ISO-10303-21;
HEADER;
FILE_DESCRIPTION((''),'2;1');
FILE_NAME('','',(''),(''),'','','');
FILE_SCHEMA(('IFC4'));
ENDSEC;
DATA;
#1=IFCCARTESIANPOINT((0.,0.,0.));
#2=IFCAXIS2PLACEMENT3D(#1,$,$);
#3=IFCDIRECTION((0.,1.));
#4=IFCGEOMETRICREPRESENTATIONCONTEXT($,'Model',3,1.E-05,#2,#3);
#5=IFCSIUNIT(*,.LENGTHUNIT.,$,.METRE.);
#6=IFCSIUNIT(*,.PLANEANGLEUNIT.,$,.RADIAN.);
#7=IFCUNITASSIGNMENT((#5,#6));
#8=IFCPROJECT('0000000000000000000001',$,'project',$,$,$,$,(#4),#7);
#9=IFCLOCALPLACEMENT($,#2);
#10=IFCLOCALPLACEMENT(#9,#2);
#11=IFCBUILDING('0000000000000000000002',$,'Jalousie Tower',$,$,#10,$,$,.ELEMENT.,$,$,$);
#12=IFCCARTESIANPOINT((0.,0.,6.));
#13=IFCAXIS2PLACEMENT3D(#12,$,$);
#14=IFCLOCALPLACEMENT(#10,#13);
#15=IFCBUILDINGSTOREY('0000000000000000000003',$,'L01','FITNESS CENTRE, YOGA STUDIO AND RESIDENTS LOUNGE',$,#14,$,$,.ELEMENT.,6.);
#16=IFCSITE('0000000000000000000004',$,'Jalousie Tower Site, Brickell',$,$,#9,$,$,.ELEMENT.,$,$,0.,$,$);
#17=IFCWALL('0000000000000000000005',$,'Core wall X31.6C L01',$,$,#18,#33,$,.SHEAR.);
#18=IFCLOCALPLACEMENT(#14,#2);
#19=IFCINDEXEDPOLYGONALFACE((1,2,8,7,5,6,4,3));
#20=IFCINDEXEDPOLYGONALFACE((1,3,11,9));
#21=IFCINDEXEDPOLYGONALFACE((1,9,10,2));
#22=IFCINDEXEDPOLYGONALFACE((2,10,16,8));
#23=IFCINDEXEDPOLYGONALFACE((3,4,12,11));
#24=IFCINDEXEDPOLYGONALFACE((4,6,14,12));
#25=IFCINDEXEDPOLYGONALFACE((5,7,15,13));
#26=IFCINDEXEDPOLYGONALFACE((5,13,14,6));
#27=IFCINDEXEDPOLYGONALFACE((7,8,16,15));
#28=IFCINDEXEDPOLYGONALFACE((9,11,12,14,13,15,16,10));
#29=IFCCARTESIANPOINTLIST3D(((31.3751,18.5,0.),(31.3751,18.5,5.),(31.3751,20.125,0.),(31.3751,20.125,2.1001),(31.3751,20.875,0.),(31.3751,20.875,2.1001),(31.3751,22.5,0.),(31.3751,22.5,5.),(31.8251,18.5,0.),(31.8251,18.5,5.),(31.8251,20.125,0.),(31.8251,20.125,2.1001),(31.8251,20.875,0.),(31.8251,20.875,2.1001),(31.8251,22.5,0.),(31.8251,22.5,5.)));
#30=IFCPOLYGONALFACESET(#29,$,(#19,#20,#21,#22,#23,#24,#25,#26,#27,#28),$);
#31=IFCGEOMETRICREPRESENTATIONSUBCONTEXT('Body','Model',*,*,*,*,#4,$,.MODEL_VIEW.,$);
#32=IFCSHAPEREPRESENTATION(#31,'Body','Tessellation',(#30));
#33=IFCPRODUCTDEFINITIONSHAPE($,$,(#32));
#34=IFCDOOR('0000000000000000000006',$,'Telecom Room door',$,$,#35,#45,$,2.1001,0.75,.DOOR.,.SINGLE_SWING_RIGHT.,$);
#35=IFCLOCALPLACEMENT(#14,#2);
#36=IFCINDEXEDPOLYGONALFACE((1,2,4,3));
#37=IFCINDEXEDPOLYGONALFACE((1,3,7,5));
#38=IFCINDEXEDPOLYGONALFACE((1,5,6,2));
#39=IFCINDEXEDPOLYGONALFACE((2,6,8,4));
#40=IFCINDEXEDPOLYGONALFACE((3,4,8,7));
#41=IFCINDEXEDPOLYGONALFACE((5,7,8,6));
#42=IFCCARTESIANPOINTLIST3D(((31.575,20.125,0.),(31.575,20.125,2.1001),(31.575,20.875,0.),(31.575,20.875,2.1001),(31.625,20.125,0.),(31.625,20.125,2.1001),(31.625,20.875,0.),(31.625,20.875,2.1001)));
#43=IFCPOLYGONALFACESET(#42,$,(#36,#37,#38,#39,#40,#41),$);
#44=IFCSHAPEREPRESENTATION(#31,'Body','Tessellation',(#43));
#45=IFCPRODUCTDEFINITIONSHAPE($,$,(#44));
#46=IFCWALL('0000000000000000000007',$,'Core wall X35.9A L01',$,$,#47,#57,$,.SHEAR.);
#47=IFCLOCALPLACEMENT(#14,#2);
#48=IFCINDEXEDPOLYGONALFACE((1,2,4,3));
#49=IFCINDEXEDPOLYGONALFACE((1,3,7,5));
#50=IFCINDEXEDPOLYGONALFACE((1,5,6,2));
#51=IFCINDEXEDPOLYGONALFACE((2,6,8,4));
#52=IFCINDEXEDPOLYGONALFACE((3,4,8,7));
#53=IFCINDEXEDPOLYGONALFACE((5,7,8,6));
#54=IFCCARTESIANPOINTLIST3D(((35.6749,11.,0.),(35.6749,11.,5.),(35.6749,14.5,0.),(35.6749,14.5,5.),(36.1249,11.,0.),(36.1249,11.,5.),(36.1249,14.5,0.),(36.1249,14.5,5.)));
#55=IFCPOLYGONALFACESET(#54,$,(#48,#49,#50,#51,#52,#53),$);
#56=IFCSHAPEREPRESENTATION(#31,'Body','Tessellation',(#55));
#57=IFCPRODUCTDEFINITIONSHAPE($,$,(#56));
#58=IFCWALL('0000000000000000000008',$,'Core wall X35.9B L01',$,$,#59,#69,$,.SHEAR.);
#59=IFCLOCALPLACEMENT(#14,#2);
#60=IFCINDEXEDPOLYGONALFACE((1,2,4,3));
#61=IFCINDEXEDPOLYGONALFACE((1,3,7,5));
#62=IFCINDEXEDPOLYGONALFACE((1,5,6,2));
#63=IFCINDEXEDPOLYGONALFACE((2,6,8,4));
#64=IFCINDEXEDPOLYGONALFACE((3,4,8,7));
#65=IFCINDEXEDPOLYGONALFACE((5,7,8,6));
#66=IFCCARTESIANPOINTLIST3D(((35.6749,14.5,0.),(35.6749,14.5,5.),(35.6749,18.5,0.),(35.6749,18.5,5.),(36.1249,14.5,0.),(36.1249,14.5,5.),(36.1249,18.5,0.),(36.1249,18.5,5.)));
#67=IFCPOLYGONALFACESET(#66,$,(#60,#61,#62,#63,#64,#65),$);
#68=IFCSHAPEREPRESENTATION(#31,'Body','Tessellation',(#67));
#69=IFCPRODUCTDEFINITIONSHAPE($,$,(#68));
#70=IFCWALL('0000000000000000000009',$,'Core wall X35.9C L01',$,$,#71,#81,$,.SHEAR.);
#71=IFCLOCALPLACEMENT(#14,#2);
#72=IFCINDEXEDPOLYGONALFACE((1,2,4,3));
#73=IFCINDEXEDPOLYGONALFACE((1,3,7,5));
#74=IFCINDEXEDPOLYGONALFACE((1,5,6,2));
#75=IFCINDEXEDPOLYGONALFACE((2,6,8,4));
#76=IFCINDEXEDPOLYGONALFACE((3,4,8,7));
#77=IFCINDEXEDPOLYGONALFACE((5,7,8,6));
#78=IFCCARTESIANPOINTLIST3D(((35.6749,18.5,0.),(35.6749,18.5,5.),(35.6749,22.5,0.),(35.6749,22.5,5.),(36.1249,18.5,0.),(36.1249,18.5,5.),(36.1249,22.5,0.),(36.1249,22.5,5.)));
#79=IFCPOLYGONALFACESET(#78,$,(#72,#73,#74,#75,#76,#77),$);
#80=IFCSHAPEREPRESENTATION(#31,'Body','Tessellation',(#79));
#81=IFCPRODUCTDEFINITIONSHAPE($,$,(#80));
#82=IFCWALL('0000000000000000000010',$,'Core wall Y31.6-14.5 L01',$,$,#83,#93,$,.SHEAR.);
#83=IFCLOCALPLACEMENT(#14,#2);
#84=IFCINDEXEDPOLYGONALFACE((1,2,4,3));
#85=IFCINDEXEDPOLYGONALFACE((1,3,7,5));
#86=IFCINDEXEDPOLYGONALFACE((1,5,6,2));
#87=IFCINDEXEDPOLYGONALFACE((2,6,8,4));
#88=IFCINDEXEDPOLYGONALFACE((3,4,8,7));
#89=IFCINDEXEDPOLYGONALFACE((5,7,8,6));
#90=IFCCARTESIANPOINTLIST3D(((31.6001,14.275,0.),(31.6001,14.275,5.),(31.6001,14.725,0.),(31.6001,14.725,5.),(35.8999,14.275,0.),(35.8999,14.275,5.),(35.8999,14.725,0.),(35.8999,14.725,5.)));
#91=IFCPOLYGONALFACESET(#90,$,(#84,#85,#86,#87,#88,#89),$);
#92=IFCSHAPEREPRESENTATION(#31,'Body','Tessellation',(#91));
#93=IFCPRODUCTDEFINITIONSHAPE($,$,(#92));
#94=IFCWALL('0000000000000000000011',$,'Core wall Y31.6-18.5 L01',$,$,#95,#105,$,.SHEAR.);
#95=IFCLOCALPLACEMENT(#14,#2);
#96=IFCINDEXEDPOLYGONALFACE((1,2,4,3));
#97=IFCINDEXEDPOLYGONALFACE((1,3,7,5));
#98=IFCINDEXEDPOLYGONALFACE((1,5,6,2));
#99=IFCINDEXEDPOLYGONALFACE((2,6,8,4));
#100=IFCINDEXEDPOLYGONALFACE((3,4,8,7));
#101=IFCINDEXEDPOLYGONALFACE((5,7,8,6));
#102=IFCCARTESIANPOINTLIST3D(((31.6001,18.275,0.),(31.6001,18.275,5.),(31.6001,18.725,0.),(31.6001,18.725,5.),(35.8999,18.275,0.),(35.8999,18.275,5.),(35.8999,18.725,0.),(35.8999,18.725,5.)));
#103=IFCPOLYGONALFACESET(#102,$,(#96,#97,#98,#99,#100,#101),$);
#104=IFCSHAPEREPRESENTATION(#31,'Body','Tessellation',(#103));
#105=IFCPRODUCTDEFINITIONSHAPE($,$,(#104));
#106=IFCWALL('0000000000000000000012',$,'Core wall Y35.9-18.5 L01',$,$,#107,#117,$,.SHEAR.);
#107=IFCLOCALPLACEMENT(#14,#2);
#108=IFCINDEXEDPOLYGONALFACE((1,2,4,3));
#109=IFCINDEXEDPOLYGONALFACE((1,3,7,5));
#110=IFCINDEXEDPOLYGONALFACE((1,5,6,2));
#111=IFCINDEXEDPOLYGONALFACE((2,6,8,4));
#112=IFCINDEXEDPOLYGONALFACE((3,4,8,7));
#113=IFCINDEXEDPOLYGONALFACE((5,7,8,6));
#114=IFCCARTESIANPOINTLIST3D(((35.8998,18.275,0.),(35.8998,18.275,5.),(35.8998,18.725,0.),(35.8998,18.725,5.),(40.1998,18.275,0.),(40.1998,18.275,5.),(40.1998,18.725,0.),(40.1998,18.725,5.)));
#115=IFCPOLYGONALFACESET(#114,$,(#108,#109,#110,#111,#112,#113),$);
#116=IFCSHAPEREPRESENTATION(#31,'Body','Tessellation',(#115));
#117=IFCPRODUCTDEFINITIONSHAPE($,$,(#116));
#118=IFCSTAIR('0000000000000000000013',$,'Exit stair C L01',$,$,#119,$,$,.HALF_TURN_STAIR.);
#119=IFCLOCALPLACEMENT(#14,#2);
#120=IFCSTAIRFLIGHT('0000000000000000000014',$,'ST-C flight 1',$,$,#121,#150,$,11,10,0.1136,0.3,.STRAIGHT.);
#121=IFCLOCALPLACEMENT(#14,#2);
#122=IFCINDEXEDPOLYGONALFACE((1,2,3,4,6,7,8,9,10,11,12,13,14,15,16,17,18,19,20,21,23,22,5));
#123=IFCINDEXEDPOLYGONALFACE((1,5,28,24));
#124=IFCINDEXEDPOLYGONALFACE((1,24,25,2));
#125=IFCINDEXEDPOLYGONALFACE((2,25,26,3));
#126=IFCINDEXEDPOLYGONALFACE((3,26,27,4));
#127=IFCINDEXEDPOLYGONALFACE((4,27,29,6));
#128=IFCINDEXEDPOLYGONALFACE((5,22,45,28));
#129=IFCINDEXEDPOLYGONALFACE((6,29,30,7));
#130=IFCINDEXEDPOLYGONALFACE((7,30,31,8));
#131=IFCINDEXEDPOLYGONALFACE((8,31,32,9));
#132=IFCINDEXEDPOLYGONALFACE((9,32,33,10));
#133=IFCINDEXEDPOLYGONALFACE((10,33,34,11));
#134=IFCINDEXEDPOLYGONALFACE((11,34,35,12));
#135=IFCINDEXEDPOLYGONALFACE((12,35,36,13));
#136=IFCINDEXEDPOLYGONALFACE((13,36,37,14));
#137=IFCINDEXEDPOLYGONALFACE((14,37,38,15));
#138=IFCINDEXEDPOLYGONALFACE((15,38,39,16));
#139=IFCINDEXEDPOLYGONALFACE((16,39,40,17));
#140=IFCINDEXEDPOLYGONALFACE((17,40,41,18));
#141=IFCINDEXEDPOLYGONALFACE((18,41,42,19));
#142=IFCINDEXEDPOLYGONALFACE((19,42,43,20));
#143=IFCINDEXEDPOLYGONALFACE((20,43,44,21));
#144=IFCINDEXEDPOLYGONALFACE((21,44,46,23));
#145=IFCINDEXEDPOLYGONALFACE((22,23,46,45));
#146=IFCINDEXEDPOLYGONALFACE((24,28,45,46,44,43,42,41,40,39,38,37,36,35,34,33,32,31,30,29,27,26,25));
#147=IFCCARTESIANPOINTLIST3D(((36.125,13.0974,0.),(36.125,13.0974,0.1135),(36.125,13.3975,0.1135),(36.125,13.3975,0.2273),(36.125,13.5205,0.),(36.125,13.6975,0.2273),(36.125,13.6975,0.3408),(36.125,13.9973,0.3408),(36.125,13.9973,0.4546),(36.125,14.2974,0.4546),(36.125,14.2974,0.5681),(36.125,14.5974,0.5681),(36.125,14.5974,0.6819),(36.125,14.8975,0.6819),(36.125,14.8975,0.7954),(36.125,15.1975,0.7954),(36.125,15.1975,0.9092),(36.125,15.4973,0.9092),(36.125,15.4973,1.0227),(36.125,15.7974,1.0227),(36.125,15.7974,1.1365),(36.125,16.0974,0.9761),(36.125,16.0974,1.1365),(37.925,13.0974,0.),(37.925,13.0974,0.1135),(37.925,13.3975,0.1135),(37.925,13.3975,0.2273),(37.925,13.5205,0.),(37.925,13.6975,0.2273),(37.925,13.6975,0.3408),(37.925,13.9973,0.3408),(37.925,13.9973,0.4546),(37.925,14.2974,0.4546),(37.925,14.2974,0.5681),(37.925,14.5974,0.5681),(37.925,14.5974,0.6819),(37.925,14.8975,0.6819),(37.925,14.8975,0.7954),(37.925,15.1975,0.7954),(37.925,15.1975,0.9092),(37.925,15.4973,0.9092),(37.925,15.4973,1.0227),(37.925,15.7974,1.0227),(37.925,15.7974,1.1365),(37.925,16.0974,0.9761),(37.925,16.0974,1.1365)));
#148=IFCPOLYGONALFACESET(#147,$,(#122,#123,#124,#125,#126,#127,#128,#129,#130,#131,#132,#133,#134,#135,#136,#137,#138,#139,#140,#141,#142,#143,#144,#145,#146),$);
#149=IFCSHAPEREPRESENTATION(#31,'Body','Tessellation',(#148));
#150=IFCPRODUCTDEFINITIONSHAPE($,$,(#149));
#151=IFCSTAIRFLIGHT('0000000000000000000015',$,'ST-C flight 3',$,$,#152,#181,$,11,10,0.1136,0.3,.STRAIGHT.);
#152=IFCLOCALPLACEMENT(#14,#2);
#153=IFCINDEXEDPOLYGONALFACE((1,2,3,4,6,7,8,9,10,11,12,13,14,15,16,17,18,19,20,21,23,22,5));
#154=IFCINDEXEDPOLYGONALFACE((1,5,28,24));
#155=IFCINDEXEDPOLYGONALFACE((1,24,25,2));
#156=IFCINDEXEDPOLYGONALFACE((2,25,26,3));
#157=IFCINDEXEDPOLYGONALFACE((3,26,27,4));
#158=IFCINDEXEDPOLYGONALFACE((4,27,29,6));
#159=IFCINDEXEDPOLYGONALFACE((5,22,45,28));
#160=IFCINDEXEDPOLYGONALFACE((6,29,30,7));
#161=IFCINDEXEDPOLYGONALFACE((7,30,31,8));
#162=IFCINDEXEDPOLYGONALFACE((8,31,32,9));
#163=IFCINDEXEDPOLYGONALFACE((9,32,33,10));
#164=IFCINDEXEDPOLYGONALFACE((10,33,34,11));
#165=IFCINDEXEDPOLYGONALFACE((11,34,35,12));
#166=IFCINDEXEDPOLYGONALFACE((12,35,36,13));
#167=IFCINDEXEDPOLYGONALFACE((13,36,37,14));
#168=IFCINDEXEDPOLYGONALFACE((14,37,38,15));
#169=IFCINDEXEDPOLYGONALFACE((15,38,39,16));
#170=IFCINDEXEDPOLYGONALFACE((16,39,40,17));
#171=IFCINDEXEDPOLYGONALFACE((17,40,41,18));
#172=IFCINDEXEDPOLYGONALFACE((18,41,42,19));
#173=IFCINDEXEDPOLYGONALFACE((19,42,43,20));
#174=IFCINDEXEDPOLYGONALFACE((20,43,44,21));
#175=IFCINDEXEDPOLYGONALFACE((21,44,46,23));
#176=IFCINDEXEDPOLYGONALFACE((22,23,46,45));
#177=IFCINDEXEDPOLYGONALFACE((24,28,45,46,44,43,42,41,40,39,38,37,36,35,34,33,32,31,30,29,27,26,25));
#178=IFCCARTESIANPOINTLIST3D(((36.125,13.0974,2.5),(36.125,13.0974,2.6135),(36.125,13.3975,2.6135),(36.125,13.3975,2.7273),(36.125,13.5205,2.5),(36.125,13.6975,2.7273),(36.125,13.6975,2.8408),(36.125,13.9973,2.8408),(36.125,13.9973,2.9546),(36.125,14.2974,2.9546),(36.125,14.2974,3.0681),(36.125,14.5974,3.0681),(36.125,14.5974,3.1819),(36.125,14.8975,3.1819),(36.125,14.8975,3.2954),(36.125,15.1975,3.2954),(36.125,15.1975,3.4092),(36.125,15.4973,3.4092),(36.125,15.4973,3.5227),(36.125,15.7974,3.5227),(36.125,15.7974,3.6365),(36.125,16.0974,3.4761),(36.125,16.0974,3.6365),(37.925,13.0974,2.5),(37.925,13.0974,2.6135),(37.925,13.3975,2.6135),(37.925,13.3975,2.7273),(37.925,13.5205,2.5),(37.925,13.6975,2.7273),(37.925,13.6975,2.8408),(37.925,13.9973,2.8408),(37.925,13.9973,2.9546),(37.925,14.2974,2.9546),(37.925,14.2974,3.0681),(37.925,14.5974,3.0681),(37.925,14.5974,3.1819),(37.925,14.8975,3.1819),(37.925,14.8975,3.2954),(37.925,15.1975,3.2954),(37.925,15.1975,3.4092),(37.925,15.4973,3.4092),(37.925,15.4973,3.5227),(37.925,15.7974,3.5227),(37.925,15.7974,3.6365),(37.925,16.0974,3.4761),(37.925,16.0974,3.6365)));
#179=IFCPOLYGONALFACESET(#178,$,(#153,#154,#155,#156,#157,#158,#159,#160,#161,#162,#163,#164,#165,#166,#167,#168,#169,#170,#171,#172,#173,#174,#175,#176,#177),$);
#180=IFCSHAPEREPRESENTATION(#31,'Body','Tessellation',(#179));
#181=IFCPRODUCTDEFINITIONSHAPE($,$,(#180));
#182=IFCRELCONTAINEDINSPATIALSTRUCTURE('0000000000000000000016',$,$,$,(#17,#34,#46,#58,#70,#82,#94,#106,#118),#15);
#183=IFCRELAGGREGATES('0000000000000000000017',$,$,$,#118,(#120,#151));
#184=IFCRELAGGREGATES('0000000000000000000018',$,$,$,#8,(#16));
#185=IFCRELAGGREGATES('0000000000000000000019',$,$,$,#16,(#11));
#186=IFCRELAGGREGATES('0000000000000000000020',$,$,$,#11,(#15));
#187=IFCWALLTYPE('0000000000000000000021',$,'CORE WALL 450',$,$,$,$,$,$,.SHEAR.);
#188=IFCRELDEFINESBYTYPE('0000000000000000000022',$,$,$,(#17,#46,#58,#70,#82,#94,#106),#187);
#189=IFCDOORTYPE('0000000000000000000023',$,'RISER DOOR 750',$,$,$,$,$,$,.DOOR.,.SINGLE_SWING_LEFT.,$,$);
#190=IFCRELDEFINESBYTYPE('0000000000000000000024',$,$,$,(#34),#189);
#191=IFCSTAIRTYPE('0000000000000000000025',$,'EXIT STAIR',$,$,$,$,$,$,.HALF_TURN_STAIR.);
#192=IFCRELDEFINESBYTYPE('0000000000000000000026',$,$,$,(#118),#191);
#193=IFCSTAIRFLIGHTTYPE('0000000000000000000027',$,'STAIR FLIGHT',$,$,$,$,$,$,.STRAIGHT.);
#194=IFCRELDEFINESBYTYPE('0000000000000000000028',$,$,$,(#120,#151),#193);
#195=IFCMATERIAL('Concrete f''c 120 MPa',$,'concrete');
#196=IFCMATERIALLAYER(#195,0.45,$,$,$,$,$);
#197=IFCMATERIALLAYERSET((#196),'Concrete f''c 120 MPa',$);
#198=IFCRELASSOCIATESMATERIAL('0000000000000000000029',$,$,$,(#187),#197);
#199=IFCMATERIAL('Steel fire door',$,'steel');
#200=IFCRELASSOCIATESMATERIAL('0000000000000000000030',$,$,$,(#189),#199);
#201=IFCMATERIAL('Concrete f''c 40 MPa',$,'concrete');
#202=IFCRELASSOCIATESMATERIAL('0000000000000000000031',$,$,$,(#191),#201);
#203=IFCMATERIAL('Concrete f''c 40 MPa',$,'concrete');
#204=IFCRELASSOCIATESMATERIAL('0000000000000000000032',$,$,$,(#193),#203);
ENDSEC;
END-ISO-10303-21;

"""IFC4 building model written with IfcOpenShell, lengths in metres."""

from ifc_helpers import new_model, si_unit, direction, frame, frame_2d, origin, place, context, subcontext, project, spatial, polyline, rectangle, outline, extrude, material, layer, layer_set, type_object, element, fill, aggregate, save


model = new_model("IFC4")

# Units and contexts
model_context = context("Model", 3, precision=1e-05, world=origin(), true_north=direction((0.0, 1.0)))
body_context = subcontext(model_context, "Body", "Model", "MODEL_VIEW")
ifc_project = project(units=[si_unit("LENGTHUNIT", "METRE"), si_unit("PLANEANGLEUNIT", "RADIAN")], contexts=[model_context])

# Site, building, storey
site_placement = place(None, origin())
site = spatial("IfcSite", under=ifc_project, at=site_placement, Name="Jalousie Tower Site, Brickell", CompositionType="ELEMENT", RefElevation=0.0)
building_placement = place(site_placement, origin())
building = spatial("IfcBuilding", under=site, at=building_placement, Name="Jalousie Tower", CompositionType="ELEMENT")
storey_placement = place(building_placement, frame((0.0, 0.0, 6.0)))
storey = spatial("IfcBuildingStorey", under=building, at=storey_placement, Name="L01", Description="FITNESS CENTRE, YOGA STUDIO AND RESIDENTS LOUNGE", CompositionType="ELEMENT", Elevation=6.0)

# Shared definitions
ifc_material_1 = material(Name="Concrete f'c 120 MPa", Category="concrete")
ifc_layer = layer(ifc_material_1, 0.45)
ifc_layer_set = layer_set([ifc_layer], Name="Concrete f'c 120 MPa")
wall_type = type_object("IfcWallType", Name="CORE WALL 450", PredefinedType="SHEAR", material=ifc_layer_set)

# Wall, opening, door
ifc_material_2 = material(Name="Steel fire door", Category="steel")
door_type_1 = type_object("IfcDoorType", Name="RISER DOOR 750", OperationType="SINGLE_SWING_LEFT", PredefinedType="DOOR", material=ifc_material_2)
wall_1_placement = place(storey_placement, frame((31.6001, 18.5, 0.0), z_axis=(0.0, 0.0, 1.0), x_axis=(0.0, 1.0, 0.0)))
wall_1 = element("IfcWall", 1, at=wall_1_placement, inside=storey, type_object=wall_type, Name="Core wall X31.6C L01", PredefinedType="SHEAR", context=body_context, shape_type="SweptSolid", body=[
    extrude(rectangle(XDim=4.0, YDim=0.45, at=frame_2d((2.0, 0.0))), origin(), (0.0, 0.0, 1.0), 5.0),
])
opening_1_placement = place(wall_1_placement, frame((1.625, 0.0, 0.0)))
opening_1 = element("IfcOpeningElement", 2, at=opening_1_placement, cuts=wall_1, PredefinedType="OPENING", context=body_context, shape_type="SweptSolid", body=[
    extrude(rectangle(XDim=0.75, YDim=2.1001, at=frame_2d((0.375, 1.05))), frame((0.0, 0.2349, 0.0), z_axis=(0.0, -1.0, 0.0), x_axis=(1.0, 0.0, 0.0)), (0.0, 0.0, 1.0), 0.47),
])
door_1_placement = place(opening_1_placement, frame((0.75, 0.0, 0.0), z_axis=(0.0, 0.0, 1.0), x_axis=(-1.0, 0.0, 0.0)))
door_1 = element("IfcDoor", 3, at=door_1_placement, inside=storey, type_object=door_type_1, Name="Telecom Room door", OperationType="SINGLE_SWING_RIGHT", OverallHeight=2.1001, OverallWidth=0.75, PredefinedType="DOOR", context=body_context, shape_type="SweptSolid", body=[
    extrude(rectangle(XDim=0.75, YDim=2.1001, at=frame_2d((0.375, 1.05))), frame((0.0, 0.0249, 0.0), z_axis=(0.0, -1.0, 0.0), x_axis=(1.0, 0.0, 0.0)), (0.0, 0.0, 1.0), 0.05),
])
fill(opening_1, door_1)

# Walls
wall_2_placement = place(storey_placement, frame((35.8999, 11.0, 0.0), z_axis=(0.0, 0.0, 1.0), x_axis=(0.0, 1.0, 0.0)))
element("IfcWall", 4, at=wall_2_placement, inside=storey, type_object=wall_type, Name="Core wall X35.9A L01", PredefinedType="SHEAR", context=body_context, shape_type="SweptSolid", body=[
    extrude(rectangle(XDim=3.5, YDim=0.45, at=frame_2d((1.75, 0.0))), origin(), (0.0, 0.0, 1.0), 5.0),
])
for number, where, z_axis, x_axis, name in (
    (5, (35.8999, 14.5, 0.0), (0.0, 0.0, 1.0), (0.0, 1.0, 0.0), "Core wall X35.9B L01"),
    (6, (35.8999, 18.5, 0.0), (0.0, 0.0, 1.0), (0.0, 1.0, 0.0), "Core wall X35.9C L01"),
):
    element("IfcWall", number, at=place(storey_placement, frame(where, z_axis=z_axis, x_axis=x_axis)), inside=storey, type_object=wall_type, Name=name, PredefinedType="SHEAR", context=body_context, shape_type="SweptSolid", body=[
        extrude(rectangle(XDim=4.0, YDim=0.45, at=frame_2d((2.0, 0.0))), origin(), (0.0, 0.0, 1.0), 5.0),
    ])
for number, where, z_axis, x_axis, name in (
    (7, (31.6001, 14.5, 0.0), (0.0, 0.0, 1.0), (1.0, 0.0, 0.0), "Core wall Y31.6-14.5 L01"),
    (8, (31.6001, 18.5, 0.0), (0.0, 0.0, 1.0), (1.0, 0.0, 0.0), "Core wall Y31.6-18.5 L01"),
):
    element("IfcWall", number, at=place(storey_placement, frame(where, z_axis=z_axis, x_axis=x_axis)), inside=storey, type_object=wall_type, Name=name, PredefinedType="SHEAR", context=body_context, shape_type="SweptSolid", body=[
        extrude(rectangle(XDim=4.2998, YDim=0.45, at=frame_2d((2.1499, 0.0))), origin(), (0.0, 0.0, 1.0), 5.0),
    ])
wall_3_placement = place(storey_placement, frame((35.8999, 18.5, 0.0), z_axis=(0.0, 0.0, 1.0), x_axis=(1.0, 0.0, 0.0)))
element("IfcWall", 9, at=wall_3_placement, inside=storey, type_object=wall_type, Name="Core wall Y35.9-18.5 L01", PredefinedType="SHEAR", context=body_context, shape_type="SweptSolid", body=[
    extrude(rectangle(XDim=4.3, YDim=0.45, at=frame_2d((2.1499, 0.0))), origin(), (0.0, 0.0, 1.0), 5.0),
])

# Stair, stair flights
ifc_material_3 = material(Name="Concrete f'c 40 MPa", Category="concrete")
stair_type = type_object("IfcStairType", Name="EXIT STAIR", PredefinedType="HALF_TURN_STAIR", material=ifc_material_3)
stair_placement = place(storey_placement, origin())
stair = element("IfcStair", 10, at=stair_placement, inside=storey, type_object=stair_type, Name="Exit stair C L01", PredefinedType="HALF_TURN_STAIR")
ifc_material_4 = material(Name="Concrete f'c 40 MPa", Category="concrete")
stair_flight_type = type_object("IfcStairFlightType", Name="STAIR FLIGHT", PredefinedType="STRAIGHT", material=ifc_material_4)
stair_flight_1_placement = place(storey_placement, frame((37.0249, 13.0974, 0.0), z_axis=(0.0, 0.0, 1.0), x_axis=(0.0, 1.0, 0.0)))
stair_flight_1 = element("IfcStairFlight", 11, at=stair_flight_1_placement, type_object=stair_flight_type, Name="ST-C flight 1", NumberOfRisers=11, NumberOfTreads=10, PredefinedType="STRAIGHT", RiserHeight=0.1136, TreadLength=0.3, context=body_context, shape_type="SweptSolid", body=[
    extrude(outline(polyline([(0.0, 0.0), (0.0, 0.1135), (0.3, 0.1135), (0.3, 0.2273), (0.6001, 0.2273), (0.6001, 0.3408), (0.8999, 0.3408), (0.8999, 0.4546), (1.2, 0.4546), (1.2, 0.5681), (1.5, 0.5681), (1.5, 0.6819), (1.8, 0.6819), (1.8, 0.7954), (2.1001, 0.7954), (2.1001, 0.9092), (2.3999, 0.9092), (2.3999, 1.0227), (2.7, 1.0227), (2.7, 1.1365), (3.0, 1.1365), (3.0, 1.25), (3.0, 0.9761), (0.4231, 0.0), (0.0, 0.0)])), frame((0.0, 0.8999, 0.0), z_axis=(0.0, -1.0, 0.0), x_axis=(1.0, 0.0, 0.0)), (0.0, 0.0, 1.0), 1.8),
])
stair_flight_2_placement = place(storey_placement, frame((37.0249, 13.0974, 2.5), z_axis=(0.0, 0.0, 1.0), x_axis=(0.0, 1.0, 0.0)))
stair_flight_2 = element("IfcStairFlight", 12, at=stair_flight_2_placement, type_object=stair_flight_type, Name="ST-C flight 3", NumberOfRisers=11, NumberOfTreads=10, PredefinedType="STRAIGHT", RiserHeight=0.1136, TreadLength=0.3, context=body_context, shape_type="SweptSolid", body=[
    extrude(outline(polyline([(0.0, 0.0), (0.0, 0.1135), (0.3, 0.1135), (0.3, 0.2273), (0.6001, 0.2273), (0.6001, 0.3408), (0.8999, 0.3408), (0.8999, 0.4546), (1.2, 0.4546), (1.2, 0.5681), (1.5, 0.5681), (1.5, 0.6819), (1.8, 0.6819), (1.8, 0.7954), (2.1001, 0.7954), (2.1001, 0.9092), (2.3999, 0.9092), (2.3999, 1.0227), (2.7, 1.0227), (2.7, 1.1365), (3.0, 1.1365), (3.0, 1.25), (3.0, 0.9761), (0.4231, 0.0), (0.0, 0.0)])), frame((0.0, 0.8999, 0.0), z_axis=(0.0, -1.0, 0.0), x_axis=(1.0, 0.0, 0.0)), (0.0, 0.0, 1.0), 1.8),
])
aggregate(stair, [stair_flight_1, stair_flight_2])

save(model, "model.ifc")
